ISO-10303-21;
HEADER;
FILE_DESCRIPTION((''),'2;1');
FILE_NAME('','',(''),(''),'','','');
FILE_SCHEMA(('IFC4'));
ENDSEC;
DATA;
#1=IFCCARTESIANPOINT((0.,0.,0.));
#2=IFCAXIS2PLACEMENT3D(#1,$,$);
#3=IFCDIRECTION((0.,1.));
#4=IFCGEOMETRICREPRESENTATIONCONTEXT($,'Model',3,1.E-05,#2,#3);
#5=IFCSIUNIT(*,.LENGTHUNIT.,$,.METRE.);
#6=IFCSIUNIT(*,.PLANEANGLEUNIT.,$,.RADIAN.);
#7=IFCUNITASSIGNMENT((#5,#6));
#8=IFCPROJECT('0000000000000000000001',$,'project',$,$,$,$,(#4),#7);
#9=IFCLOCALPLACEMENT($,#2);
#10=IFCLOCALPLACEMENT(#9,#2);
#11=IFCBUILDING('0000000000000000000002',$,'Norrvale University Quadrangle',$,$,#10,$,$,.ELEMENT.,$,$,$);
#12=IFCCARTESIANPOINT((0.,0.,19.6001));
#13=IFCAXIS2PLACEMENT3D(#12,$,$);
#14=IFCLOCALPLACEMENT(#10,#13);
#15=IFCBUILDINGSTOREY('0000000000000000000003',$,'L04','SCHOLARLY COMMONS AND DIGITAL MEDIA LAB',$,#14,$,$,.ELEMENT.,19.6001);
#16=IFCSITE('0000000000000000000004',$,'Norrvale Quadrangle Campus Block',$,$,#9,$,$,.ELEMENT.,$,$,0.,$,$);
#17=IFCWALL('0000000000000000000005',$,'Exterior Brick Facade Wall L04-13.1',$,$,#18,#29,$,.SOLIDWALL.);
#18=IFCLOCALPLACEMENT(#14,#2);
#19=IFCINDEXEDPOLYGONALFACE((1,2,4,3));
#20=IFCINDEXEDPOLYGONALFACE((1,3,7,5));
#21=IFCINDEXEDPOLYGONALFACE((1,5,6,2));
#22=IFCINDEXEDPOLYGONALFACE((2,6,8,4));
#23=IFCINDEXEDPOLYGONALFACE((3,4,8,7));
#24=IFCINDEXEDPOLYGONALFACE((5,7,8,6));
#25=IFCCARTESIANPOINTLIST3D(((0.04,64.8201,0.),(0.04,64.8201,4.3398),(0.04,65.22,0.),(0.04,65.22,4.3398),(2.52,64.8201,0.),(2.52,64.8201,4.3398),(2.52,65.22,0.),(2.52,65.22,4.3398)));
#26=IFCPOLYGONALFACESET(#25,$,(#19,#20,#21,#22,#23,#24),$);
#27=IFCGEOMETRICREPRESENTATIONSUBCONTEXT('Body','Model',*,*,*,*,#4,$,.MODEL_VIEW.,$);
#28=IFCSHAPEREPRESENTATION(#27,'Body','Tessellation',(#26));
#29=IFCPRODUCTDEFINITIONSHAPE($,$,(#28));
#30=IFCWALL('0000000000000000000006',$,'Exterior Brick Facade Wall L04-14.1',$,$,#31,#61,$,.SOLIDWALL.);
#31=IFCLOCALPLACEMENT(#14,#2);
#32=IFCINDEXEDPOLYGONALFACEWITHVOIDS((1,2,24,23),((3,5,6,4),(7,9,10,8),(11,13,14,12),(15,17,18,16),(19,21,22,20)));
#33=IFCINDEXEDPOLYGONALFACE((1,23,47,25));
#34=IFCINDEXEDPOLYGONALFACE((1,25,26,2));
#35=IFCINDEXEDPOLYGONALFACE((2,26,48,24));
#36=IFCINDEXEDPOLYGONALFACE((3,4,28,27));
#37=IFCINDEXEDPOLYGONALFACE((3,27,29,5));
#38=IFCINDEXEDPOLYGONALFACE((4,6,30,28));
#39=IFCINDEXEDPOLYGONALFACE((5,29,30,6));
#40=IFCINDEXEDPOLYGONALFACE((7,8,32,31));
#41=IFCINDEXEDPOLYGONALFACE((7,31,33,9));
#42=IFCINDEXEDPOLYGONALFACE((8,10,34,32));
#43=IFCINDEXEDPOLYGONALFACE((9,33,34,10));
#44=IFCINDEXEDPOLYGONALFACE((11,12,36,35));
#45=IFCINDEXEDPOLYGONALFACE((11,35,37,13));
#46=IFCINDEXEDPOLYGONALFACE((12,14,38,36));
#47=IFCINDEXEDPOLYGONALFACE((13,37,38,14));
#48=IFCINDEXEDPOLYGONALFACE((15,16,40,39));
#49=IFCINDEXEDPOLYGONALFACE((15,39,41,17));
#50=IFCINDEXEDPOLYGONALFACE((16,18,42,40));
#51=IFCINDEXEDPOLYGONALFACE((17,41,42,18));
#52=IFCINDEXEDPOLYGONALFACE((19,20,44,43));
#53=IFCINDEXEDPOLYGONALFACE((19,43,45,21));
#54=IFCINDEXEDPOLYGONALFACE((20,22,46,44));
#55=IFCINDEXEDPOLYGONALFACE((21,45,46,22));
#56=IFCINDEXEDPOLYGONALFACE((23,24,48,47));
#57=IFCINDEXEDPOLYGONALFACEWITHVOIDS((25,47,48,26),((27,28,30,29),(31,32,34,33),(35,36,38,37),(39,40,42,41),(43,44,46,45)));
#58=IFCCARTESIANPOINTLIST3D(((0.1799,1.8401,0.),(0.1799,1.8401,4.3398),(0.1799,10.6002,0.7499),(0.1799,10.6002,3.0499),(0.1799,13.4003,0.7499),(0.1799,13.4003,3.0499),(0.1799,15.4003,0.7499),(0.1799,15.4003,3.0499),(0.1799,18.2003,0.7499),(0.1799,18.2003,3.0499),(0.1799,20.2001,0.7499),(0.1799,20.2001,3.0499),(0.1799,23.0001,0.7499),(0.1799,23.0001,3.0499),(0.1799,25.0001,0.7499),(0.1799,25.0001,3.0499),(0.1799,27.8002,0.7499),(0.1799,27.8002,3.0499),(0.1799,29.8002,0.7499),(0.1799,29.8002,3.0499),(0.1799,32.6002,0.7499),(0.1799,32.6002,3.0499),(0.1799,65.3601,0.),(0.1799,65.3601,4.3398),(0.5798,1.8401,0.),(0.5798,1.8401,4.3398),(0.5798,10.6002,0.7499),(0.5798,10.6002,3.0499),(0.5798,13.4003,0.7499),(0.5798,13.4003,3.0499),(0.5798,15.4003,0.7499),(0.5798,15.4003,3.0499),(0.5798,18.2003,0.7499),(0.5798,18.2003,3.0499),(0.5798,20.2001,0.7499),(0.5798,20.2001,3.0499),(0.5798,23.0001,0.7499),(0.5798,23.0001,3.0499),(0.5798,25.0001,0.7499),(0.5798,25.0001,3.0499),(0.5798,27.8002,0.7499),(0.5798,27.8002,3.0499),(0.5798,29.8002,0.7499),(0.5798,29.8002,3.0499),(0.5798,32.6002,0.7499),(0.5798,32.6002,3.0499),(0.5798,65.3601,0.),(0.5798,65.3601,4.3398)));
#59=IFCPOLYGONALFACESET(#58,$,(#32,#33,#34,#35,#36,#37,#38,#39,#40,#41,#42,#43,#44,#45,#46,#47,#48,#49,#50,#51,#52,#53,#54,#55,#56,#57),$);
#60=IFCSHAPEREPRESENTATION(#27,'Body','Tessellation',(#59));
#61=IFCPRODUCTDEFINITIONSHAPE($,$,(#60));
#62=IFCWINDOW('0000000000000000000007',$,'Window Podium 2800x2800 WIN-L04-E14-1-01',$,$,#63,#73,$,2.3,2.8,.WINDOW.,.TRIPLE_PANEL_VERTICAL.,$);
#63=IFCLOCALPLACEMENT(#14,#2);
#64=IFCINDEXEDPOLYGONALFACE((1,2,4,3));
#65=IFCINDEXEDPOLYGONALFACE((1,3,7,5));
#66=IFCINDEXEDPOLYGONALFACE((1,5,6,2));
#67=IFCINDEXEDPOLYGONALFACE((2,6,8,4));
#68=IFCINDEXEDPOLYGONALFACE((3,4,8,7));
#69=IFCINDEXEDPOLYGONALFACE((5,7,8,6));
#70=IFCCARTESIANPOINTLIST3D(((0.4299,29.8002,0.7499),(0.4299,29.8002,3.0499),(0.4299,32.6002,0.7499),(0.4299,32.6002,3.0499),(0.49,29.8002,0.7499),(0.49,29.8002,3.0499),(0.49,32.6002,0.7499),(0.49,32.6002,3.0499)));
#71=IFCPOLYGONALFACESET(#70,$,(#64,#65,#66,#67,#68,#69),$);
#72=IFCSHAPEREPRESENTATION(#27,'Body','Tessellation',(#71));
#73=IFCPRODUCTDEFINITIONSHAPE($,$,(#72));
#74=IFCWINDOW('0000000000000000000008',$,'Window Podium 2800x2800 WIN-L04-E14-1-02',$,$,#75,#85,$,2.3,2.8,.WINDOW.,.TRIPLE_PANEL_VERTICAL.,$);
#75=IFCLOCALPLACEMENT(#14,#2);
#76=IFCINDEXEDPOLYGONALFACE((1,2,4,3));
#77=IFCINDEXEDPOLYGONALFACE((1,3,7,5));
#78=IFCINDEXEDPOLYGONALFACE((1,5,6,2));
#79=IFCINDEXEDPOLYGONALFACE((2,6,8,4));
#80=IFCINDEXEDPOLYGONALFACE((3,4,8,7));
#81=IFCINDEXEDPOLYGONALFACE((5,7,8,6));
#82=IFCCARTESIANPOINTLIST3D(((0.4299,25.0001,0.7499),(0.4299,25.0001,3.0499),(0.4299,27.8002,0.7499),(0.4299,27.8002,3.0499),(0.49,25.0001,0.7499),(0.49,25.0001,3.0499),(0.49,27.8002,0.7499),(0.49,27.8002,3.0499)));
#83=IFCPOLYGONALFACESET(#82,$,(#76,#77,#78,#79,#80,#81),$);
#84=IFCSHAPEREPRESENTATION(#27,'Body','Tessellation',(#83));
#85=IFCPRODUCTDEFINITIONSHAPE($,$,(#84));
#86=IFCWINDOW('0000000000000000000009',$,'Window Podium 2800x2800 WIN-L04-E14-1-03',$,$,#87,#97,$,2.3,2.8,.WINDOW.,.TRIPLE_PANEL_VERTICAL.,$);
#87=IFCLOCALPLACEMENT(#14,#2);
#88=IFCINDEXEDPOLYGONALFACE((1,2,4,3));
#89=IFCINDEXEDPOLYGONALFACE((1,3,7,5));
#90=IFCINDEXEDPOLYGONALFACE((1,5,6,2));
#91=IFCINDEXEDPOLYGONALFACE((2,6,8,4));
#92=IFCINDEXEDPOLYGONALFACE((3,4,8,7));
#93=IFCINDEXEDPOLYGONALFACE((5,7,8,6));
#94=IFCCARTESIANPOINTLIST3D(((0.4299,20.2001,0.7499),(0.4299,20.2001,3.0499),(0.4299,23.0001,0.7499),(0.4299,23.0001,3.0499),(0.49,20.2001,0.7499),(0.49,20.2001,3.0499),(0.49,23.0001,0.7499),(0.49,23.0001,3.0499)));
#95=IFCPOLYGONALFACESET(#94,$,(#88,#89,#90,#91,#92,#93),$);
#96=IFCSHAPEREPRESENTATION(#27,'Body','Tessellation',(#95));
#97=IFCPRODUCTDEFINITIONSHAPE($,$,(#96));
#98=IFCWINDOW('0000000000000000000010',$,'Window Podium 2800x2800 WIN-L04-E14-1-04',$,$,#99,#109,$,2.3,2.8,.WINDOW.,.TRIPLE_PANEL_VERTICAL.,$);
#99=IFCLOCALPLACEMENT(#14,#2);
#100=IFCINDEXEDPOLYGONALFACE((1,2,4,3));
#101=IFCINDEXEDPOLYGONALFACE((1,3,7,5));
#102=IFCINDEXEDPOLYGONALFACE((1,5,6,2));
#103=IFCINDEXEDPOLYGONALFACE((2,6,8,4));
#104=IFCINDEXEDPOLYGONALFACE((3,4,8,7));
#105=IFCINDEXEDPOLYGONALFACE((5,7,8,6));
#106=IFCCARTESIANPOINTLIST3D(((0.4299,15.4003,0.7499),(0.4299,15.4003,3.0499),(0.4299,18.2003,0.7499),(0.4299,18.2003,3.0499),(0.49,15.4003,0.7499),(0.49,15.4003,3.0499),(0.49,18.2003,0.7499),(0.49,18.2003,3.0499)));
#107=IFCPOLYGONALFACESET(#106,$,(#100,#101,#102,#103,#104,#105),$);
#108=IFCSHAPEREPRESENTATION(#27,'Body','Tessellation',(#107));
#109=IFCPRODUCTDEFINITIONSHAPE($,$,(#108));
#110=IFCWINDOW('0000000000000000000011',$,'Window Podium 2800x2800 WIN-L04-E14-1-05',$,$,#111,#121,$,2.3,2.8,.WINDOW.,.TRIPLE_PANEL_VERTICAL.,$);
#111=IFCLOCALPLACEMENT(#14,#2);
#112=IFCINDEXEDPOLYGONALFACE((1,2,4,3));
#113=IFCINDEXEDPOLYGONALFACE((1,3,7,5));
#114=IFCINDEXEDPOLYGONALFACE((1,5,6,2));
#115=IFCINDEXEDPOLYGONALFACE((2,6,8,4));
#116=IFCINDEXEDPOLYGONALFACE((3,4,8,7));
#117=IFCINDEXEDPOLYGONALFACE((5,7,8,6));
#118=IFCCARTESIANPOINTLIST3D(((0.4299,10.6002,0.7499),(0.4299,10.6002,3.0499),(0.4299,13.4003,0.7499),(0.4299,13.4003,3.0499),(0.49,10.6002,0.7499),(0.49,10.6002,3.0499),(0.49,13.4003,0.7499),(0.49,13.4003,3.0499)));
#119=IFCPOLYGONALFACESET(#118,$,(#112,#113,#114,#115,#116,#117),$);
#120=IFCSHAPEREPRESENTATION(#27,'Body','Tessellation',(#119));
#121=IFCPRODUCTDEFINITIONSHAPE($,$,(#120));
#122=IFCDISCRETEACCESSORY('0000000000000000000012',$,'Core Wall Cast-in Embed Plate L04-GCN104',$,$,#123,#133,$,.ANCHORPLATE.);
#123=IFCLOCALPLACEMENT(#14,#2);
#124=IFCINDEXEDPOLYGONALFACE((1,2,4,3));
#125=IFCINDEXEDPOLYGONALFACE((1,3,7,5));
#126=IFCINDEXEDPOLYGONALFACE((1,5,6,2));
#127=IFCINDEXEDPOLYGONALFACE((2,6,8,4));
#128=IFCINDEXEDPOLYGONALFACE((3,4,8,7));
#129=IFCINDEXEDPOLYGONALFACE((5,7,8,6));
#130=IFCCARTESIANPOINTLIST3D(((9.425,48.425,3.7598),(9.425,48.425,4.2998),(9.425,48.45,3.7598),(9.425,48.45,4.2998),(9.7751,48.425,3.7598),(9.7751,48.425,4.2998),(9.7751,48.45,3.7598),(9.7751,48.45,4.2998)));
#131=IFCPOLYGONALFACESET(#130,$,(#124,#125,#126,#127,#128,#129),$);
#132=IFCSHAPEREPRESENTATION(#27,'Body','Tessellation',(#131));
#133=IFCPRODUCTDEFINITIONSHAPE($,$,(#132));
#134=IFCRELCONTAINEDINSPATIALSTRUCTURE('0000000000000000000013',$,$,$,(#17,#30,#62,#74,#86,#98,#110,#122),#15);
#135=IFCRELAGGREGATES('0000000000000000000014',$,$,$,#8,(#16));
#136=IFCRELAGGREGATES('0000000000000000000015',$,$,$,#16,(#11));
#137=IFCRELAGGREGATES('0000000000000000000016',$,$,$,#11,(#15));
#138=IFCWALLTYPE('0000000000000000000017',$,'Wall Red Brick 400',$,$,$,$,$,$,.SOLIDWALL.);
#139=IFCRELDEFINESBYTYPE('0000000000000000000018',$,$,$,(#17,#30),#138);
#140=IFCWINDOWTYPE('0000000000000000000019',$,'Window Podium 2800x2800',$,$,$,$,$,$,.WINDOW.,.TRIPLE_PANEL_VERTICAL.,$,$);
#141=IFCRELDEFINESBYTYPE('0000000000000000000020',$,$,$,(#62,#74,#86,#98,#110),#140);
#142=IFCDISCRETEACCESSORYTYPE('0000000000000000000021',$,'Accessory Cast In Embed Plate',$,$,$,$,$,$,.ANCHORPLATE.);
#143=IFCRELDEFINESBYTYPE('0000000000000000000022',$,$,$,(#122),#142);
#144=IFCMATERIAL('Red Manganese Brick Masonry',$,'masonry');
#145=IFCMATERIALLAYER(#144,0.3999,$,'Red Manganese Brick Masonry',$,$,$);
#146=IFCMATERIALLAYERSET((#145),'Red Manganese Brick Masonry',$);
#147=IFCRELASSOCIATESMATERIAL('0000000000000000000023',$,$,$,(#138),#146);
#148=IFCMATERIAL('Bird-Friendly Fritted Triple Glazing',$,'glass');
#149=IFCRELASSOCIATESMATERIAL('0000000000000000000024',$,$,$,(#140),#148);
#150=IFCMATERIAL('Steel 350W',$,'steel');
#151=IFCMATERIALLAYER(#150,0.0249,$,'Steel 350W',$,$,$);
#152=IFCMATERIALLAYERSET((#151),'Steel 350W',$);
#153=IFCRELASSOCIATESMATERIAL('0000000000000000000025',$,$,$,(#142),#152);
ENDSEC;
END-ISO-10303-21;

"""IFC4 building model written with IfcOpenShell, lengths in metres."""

from ifc_helpers import new_model, si_unit, direction, frame, frame_2d, origin, origin_2d, place, context, subcontext, project, spatial, rectangle, extrude, material, layer, layer_set, type_object, element, fill, save


model = new_model("IFC4")

# Units and contexts
model_context = context("Model", 3, precision=1e-05, world=origin(), true_north=direction((0.0, 1.0)))
body_context = subcontext(model_context, "Body", "Model", "MODEL_VIEW")
ifc_project = project(units=[si_unit("LENGTHUNIT", "METRE"), si_unit("PLANEANGLEUNIT", "RADIAN")], contexts=[model_context])

# Site, building, storey
site_placement = place(None, origin())
site = spatial("IfcSite", under=ifc_project, at=site_placement, Name="Norrvale Quadrangle Campus Block", CompositionType="ELEMENT", RefElevation=0.0)
building_placement = place(site_placement, origin())
building = spatial("IfcBuilding", under=site, at=building_placement, Name="Norrvale University Quadrangle", CompositionType="ELEMENT")
storey_placement = place(building_placement, frame((0.0, 0.0, 19.6001)))
storey = spatial("IfcBuildingStorey", under=building, at=storey_placement, Name="L04", Description="SCHOLARLY COMMONS AND DIGITAL MEDIA LAB", CompositionType="ELEMENT", Elevation=19.6001)

# Shared definitions
ifc_material_1 = material(Name="Steel 350W", Category="steel")

# Wall
ifc_material_2 = material(Name="Red Manganese Brick Masonry", Category="masonry")
ifc_layer_1 = layer(ifc_material_2, 0.3999, Name="Red Manganese Brick Masonry")
ifc_layer_set_1 = layer_set([ifc_layer_1], Name="Red Manganese Brick Masonry")
wall_type_1 = type_object("IfcWallType", Name="Wall Red Brick 400", PredefinedType="SOLIDWALL", material=ifc_layer_set_1)
for number, where, z_axis, x_axis, name in (
    (1, (2.52, 65.02, 0.0), (0.0, 0.0, 1.0), (-1.0, 0.0, 0.0), "Exterior Brick Facade Wall L04-13.1"),
):
    element("IfcWall", number, at=place(storey_placement, frame(where, z_axis=z_axis, x_axis=x_axis)), inside=storey, type_object=wall_type_1, Name=name, PredefinedType="SOLIDWALL", context=body_context, shape_type="SweptSolid", body=[
        extrude(rectangle(XDim=2.48, YDim=0.3999, at=frame_2d((1.24, 0.0))), origin(), (0.0, 0.0, 1.0), 4.3398),
    ])

# Wall, openings, windows
wall_1_placement = place(storey_placement, frame((0.3799, 65.3601, 0.0), z_axis=(0.0, 0.0, 1.0), x_axis=(0.0, -1.0, 0.0)))
wall_1 = element("IfcWall", 2, at=wall_1_placement, inside=storey, type_object=wall_type_1, Name="Exterior Brick Facade Wall L04-14.1", PredefinedType="SOLIDWALL", context=body_context, shape_type="SweptSolid", body=[
    extrude(rectangle(XDim=63.52, YDim=0.3999, at=frame_2d((31.76, 0.0))), origin(), (0.0, 0.0, 1.0), 4.3398),
])
opening_1_placement = place(wall_1_placement, frame((32.76, 0.0, 0.75)))
opening_1 = element("IfcOpeningElement", 3, at=opening_1_placement, cuts=wall_1, PredefinedType="OPENING", context=body_context, shape_type="SweptSolid", body=[
    extrude(rectangle(XDim=2.8, YDim=2.3, at=frame_2d((1.3999, 1.1499))), frame((0.0, 0.2119, 0.0), z_axis=(0.0, -1.0, 0.0), x_axis=(1.0, 0.0, 0.0)), (0.0, 0.0, 1.0), 0.4238),
])
opening_2_placement = place(wall_1_placement, frame((37.5601, 0.0, 0.75)))
opening_2 = element("IfcOpeningElement", 4, at=opening_2_placement, cuts=wall_1, PredefinedType="OPENING", context=body_context, shape_type="SweptSolid", body=[
    extrude(rectangle(XDim=2.8, YDim=2.3, at=frame_2d((1.3999, 1.1499))), frame((0.0, 0.2119, 0.0), z_axis=(0.0, -1.0, 0.0), x_axis=(1.0, 0.0, 0.0)), (0.0, 0.0, 1.0), 0.4238),
])
opening_3_placement = place(wall_1_placement, frame((42.3601, 0.0, 0.75)))
opening_3 = element("IfcOpeningElement", 5, at=opening_3_placement, cuts=wall_1, PredefinedType="OPENING", context=body_context, shape_type="SweptSolid", body=[
    extrude(rectangle(XDim=2.8, YDim=2.3, at=frame_2d((1.3999, 1.1499))), frame((0.0, 0.2119, 0.0), z_axis=(0.0, -1.0, 0.0), x_axis=(1.0, 0.0, 0.0)), (0.0, 0.0, 1.0), 0.4238),
])
opening_4_placement = place(wall_1_placement, frame((47.1599, 0.0, 0.75)))
opening_4 = element("IfcOpeningElement", 6, at=opening_4_placement, cuts=wall_1, PredefinedType="OPENING", context=body_context, shape_type="SweptSolid", body=[
    extrude(rectangle(XDim=2.8, YDim=2.3, at=frame_2d((1.3999, 1.1499))), frame((0.0, 0.2119, 0.0), z_axis=(0.0, -1.0, 0.0), x_axis=(1.0, 0.0, 0.0)), (0.0, 0.0, 1.0), 0.4238),
])
opening_5_placement = place(wall_1_placement, frame((51.96, 0.0, 0.75)))
opening_5 = element("IfcOpeningElement", 7, at=opening_5_placement, cuts=wall_1, PredefinedType="OPENING", context=body_context, shape_type="SweptSolid", body=[
    extrude(rectangle(XDim=2.8, YDim=2.3, at=frame_2d((1.3999, 1.1499))), frame((0.0, 0.2119, 0.0), z_axis=(0.0, -1.0, 0.0), x_axis=(1.0, 0.0, 0.0)), (0.0, 0.0, 1.0), 0.4238),
])
ifc_material_3 = material(Name="Bird-Friendly Fritted Triple Glazing", Category="glass")
window_type = type_object("IfcWindowType", Name="Window Podium 2800x2800", PartitioningType="TRIPLE_PANEL_VERTICAL", PredefinedType="WINDOW", material=ifc_material_3)
window_1_placement = place(opening_1_placement, origin())
window_1 = element("IfcWindow", 8, at=window_1_placement, inside=storey, type_object=window_type, Name="Window Podium 2800x2800 WIN-L04-E14-1-01", OverallHeight=2.3, OverallWidth=2.8, PartitioningType="TRIPLE_PANEL_VERTICAL", PredefinedType="WINDOW", context=body_context, shape_type="SweptSolid", body=[
    extrude(rectangle(XDim=2.8, YDim=2.3, at=frame_2d((1.3999, 1.1499))), frame((0.0, 0.1101, 0.0), z_axis=(0.0, -1.0, 0.0), x_axis=(1.0, 0.0, 0.0)), (0.0, 0.0, 1.0), 0.0601),
])
fill(opening_1, window_1)
window_2_placement = place(opening_2_placement, origin())
window_2 = element("IfcWindow", 9, at=window_2_placement, inside=storey, type_object=window_type, Name="Window Podium 2800x2800 WIN-L04-E14-1-02", OverallHeight=2.3, OverallWidth=2.8, PartitioningType="TRIPLE_PANEL_VERTICAL", PredefinedType="WINDOW", context=body_context, shape_type="SweptSolid", body=[
    extrude(rectangle(XDim=2.8, YDim=2.3, at=frame_2d((1.3999, 1.1499))), frame((0.0, 0.1101, 0.0), z_axis=(0.0, -1.0, 0.0), x_axis=(1.0, 0.0, 0.0)), (0.0, 0.0, 1.0), 0.0601),
])
fill(opening_2, window_2)
window_3_placement = place(opening_3_placement, origin())
window_3 = element("IfcWindow", 10, at=window_3_placement, inside=storey, type_object=window_type, Name="Window Podium 2800x2800 WIN-L04-E14-1-03", OverallHeight=2.3, OverallWidth=2.8, PartitioningType="TRIPLE_PANEL_VERTICAL", PredefinedType="WINDOW", context=body_context, shape_type="SweptSolid", body=[
    extrude(rectangle(XDim=2.8, YDim=2.3, at=frame_2d((1.3999, 1.1499))), frame((0.0, 0.1101, 0.0), z_axis=(0.0, -1.0, 0.0), x_axis=(1.0, 0.0, 0.0)), (0.0, 0.0, 1.0), 0.0601),
])
fill(opening_3, window_3)
window_4_placement = place(opening_4_placement, origin())
window_4 = element("IfcWindow", 11, at=window_4_placement, inside=storey, type_object=window_type, Name="Window Podium 2800x2800 WIN-L04-E14-1-04", OverallHeight=2.3, OverallWidth=2.8, PartitioningType="TRIPLE_PANEL_VERTICAL", PredefinedType="WINDOW", context=body_context, shape_type="SweptSolid", body=[
    extrude(rectangle(XDim=2.8, YDim=2.3, at=frame_2d((1.3999, 1.1499))), frame((0.0, 0.1101, 0.0), z_axis=(0.0, -1.0, 0.0), x_axis=(1.0, 0.0, 0.0)), (0.0, 0.0, 1.0), 0.0601),
])
fill(opening_4, window_4)
window_5_placement = place(opening_5_placement, origin())
window_5 = element("IfcWindow", 12, at=window_5_placement, inside=storey, type_object=window_type, Name="Window Podium 2800x2800 WIN-L04-E14-1-05", OverallHeight=2.3, OverallWidth=2.8, PartitioningType="TRIPLE_PANEL_VERTICAL", PredefinedType="WINDOW", context=body_context, shape_type="SweptSolid", body=[
    extrude(rectangle(XDim=2.8, YDim=2.3, at=frame_2d((1.3999, 1.1499))), frame((0.0, 0.1101, 0.0), z_axis=(0.0, -1.0, 0.0), x_axis=(1.0, 0.0, 0.0)), (0.0, 0.0, 1.0), 0.0601),
])
fill(opening_5, window_5)

# Discrete accessory
ifc_layer_2 = layer(ifc_material_1, 0.0249, Name="Steel 350W")
ifc_layer_set_2 = layer_set([ifc_layer_2], Name="Steel 350W")
discrete_accessory_type = type_object("IfcDiscreteAccessoryType", Name="Accessory Cast In Embed Plate", PredefinedType="ANCHORPLATE", material=ifc_layer_set_2)
discrete_accessory_placement = place(storey_placement, frame((9.6001, 48.4375, 3.7598), z_axis=(0.0, 0.0, 1.0), x_axis=(1.0, 0.0, 0.0)))
element("IfcDiscreteAccessory", 13, at=discrete_accessory_placement, inside=storey, type_object=discrete_accessory_type, Name="Core Wall Cast-in Embed Plate L04-GCN104", PredefinedType="ANCHORPLATE", context=body_context, shape_type="SweptSolid", body=[
    extrude(rectangle(XDim=0.3501, YDim=0.0249, at=origin_2d()), origin(), (0.0, 0.0, 1.0), 0.54),
])

save(model, "model.ifc")
